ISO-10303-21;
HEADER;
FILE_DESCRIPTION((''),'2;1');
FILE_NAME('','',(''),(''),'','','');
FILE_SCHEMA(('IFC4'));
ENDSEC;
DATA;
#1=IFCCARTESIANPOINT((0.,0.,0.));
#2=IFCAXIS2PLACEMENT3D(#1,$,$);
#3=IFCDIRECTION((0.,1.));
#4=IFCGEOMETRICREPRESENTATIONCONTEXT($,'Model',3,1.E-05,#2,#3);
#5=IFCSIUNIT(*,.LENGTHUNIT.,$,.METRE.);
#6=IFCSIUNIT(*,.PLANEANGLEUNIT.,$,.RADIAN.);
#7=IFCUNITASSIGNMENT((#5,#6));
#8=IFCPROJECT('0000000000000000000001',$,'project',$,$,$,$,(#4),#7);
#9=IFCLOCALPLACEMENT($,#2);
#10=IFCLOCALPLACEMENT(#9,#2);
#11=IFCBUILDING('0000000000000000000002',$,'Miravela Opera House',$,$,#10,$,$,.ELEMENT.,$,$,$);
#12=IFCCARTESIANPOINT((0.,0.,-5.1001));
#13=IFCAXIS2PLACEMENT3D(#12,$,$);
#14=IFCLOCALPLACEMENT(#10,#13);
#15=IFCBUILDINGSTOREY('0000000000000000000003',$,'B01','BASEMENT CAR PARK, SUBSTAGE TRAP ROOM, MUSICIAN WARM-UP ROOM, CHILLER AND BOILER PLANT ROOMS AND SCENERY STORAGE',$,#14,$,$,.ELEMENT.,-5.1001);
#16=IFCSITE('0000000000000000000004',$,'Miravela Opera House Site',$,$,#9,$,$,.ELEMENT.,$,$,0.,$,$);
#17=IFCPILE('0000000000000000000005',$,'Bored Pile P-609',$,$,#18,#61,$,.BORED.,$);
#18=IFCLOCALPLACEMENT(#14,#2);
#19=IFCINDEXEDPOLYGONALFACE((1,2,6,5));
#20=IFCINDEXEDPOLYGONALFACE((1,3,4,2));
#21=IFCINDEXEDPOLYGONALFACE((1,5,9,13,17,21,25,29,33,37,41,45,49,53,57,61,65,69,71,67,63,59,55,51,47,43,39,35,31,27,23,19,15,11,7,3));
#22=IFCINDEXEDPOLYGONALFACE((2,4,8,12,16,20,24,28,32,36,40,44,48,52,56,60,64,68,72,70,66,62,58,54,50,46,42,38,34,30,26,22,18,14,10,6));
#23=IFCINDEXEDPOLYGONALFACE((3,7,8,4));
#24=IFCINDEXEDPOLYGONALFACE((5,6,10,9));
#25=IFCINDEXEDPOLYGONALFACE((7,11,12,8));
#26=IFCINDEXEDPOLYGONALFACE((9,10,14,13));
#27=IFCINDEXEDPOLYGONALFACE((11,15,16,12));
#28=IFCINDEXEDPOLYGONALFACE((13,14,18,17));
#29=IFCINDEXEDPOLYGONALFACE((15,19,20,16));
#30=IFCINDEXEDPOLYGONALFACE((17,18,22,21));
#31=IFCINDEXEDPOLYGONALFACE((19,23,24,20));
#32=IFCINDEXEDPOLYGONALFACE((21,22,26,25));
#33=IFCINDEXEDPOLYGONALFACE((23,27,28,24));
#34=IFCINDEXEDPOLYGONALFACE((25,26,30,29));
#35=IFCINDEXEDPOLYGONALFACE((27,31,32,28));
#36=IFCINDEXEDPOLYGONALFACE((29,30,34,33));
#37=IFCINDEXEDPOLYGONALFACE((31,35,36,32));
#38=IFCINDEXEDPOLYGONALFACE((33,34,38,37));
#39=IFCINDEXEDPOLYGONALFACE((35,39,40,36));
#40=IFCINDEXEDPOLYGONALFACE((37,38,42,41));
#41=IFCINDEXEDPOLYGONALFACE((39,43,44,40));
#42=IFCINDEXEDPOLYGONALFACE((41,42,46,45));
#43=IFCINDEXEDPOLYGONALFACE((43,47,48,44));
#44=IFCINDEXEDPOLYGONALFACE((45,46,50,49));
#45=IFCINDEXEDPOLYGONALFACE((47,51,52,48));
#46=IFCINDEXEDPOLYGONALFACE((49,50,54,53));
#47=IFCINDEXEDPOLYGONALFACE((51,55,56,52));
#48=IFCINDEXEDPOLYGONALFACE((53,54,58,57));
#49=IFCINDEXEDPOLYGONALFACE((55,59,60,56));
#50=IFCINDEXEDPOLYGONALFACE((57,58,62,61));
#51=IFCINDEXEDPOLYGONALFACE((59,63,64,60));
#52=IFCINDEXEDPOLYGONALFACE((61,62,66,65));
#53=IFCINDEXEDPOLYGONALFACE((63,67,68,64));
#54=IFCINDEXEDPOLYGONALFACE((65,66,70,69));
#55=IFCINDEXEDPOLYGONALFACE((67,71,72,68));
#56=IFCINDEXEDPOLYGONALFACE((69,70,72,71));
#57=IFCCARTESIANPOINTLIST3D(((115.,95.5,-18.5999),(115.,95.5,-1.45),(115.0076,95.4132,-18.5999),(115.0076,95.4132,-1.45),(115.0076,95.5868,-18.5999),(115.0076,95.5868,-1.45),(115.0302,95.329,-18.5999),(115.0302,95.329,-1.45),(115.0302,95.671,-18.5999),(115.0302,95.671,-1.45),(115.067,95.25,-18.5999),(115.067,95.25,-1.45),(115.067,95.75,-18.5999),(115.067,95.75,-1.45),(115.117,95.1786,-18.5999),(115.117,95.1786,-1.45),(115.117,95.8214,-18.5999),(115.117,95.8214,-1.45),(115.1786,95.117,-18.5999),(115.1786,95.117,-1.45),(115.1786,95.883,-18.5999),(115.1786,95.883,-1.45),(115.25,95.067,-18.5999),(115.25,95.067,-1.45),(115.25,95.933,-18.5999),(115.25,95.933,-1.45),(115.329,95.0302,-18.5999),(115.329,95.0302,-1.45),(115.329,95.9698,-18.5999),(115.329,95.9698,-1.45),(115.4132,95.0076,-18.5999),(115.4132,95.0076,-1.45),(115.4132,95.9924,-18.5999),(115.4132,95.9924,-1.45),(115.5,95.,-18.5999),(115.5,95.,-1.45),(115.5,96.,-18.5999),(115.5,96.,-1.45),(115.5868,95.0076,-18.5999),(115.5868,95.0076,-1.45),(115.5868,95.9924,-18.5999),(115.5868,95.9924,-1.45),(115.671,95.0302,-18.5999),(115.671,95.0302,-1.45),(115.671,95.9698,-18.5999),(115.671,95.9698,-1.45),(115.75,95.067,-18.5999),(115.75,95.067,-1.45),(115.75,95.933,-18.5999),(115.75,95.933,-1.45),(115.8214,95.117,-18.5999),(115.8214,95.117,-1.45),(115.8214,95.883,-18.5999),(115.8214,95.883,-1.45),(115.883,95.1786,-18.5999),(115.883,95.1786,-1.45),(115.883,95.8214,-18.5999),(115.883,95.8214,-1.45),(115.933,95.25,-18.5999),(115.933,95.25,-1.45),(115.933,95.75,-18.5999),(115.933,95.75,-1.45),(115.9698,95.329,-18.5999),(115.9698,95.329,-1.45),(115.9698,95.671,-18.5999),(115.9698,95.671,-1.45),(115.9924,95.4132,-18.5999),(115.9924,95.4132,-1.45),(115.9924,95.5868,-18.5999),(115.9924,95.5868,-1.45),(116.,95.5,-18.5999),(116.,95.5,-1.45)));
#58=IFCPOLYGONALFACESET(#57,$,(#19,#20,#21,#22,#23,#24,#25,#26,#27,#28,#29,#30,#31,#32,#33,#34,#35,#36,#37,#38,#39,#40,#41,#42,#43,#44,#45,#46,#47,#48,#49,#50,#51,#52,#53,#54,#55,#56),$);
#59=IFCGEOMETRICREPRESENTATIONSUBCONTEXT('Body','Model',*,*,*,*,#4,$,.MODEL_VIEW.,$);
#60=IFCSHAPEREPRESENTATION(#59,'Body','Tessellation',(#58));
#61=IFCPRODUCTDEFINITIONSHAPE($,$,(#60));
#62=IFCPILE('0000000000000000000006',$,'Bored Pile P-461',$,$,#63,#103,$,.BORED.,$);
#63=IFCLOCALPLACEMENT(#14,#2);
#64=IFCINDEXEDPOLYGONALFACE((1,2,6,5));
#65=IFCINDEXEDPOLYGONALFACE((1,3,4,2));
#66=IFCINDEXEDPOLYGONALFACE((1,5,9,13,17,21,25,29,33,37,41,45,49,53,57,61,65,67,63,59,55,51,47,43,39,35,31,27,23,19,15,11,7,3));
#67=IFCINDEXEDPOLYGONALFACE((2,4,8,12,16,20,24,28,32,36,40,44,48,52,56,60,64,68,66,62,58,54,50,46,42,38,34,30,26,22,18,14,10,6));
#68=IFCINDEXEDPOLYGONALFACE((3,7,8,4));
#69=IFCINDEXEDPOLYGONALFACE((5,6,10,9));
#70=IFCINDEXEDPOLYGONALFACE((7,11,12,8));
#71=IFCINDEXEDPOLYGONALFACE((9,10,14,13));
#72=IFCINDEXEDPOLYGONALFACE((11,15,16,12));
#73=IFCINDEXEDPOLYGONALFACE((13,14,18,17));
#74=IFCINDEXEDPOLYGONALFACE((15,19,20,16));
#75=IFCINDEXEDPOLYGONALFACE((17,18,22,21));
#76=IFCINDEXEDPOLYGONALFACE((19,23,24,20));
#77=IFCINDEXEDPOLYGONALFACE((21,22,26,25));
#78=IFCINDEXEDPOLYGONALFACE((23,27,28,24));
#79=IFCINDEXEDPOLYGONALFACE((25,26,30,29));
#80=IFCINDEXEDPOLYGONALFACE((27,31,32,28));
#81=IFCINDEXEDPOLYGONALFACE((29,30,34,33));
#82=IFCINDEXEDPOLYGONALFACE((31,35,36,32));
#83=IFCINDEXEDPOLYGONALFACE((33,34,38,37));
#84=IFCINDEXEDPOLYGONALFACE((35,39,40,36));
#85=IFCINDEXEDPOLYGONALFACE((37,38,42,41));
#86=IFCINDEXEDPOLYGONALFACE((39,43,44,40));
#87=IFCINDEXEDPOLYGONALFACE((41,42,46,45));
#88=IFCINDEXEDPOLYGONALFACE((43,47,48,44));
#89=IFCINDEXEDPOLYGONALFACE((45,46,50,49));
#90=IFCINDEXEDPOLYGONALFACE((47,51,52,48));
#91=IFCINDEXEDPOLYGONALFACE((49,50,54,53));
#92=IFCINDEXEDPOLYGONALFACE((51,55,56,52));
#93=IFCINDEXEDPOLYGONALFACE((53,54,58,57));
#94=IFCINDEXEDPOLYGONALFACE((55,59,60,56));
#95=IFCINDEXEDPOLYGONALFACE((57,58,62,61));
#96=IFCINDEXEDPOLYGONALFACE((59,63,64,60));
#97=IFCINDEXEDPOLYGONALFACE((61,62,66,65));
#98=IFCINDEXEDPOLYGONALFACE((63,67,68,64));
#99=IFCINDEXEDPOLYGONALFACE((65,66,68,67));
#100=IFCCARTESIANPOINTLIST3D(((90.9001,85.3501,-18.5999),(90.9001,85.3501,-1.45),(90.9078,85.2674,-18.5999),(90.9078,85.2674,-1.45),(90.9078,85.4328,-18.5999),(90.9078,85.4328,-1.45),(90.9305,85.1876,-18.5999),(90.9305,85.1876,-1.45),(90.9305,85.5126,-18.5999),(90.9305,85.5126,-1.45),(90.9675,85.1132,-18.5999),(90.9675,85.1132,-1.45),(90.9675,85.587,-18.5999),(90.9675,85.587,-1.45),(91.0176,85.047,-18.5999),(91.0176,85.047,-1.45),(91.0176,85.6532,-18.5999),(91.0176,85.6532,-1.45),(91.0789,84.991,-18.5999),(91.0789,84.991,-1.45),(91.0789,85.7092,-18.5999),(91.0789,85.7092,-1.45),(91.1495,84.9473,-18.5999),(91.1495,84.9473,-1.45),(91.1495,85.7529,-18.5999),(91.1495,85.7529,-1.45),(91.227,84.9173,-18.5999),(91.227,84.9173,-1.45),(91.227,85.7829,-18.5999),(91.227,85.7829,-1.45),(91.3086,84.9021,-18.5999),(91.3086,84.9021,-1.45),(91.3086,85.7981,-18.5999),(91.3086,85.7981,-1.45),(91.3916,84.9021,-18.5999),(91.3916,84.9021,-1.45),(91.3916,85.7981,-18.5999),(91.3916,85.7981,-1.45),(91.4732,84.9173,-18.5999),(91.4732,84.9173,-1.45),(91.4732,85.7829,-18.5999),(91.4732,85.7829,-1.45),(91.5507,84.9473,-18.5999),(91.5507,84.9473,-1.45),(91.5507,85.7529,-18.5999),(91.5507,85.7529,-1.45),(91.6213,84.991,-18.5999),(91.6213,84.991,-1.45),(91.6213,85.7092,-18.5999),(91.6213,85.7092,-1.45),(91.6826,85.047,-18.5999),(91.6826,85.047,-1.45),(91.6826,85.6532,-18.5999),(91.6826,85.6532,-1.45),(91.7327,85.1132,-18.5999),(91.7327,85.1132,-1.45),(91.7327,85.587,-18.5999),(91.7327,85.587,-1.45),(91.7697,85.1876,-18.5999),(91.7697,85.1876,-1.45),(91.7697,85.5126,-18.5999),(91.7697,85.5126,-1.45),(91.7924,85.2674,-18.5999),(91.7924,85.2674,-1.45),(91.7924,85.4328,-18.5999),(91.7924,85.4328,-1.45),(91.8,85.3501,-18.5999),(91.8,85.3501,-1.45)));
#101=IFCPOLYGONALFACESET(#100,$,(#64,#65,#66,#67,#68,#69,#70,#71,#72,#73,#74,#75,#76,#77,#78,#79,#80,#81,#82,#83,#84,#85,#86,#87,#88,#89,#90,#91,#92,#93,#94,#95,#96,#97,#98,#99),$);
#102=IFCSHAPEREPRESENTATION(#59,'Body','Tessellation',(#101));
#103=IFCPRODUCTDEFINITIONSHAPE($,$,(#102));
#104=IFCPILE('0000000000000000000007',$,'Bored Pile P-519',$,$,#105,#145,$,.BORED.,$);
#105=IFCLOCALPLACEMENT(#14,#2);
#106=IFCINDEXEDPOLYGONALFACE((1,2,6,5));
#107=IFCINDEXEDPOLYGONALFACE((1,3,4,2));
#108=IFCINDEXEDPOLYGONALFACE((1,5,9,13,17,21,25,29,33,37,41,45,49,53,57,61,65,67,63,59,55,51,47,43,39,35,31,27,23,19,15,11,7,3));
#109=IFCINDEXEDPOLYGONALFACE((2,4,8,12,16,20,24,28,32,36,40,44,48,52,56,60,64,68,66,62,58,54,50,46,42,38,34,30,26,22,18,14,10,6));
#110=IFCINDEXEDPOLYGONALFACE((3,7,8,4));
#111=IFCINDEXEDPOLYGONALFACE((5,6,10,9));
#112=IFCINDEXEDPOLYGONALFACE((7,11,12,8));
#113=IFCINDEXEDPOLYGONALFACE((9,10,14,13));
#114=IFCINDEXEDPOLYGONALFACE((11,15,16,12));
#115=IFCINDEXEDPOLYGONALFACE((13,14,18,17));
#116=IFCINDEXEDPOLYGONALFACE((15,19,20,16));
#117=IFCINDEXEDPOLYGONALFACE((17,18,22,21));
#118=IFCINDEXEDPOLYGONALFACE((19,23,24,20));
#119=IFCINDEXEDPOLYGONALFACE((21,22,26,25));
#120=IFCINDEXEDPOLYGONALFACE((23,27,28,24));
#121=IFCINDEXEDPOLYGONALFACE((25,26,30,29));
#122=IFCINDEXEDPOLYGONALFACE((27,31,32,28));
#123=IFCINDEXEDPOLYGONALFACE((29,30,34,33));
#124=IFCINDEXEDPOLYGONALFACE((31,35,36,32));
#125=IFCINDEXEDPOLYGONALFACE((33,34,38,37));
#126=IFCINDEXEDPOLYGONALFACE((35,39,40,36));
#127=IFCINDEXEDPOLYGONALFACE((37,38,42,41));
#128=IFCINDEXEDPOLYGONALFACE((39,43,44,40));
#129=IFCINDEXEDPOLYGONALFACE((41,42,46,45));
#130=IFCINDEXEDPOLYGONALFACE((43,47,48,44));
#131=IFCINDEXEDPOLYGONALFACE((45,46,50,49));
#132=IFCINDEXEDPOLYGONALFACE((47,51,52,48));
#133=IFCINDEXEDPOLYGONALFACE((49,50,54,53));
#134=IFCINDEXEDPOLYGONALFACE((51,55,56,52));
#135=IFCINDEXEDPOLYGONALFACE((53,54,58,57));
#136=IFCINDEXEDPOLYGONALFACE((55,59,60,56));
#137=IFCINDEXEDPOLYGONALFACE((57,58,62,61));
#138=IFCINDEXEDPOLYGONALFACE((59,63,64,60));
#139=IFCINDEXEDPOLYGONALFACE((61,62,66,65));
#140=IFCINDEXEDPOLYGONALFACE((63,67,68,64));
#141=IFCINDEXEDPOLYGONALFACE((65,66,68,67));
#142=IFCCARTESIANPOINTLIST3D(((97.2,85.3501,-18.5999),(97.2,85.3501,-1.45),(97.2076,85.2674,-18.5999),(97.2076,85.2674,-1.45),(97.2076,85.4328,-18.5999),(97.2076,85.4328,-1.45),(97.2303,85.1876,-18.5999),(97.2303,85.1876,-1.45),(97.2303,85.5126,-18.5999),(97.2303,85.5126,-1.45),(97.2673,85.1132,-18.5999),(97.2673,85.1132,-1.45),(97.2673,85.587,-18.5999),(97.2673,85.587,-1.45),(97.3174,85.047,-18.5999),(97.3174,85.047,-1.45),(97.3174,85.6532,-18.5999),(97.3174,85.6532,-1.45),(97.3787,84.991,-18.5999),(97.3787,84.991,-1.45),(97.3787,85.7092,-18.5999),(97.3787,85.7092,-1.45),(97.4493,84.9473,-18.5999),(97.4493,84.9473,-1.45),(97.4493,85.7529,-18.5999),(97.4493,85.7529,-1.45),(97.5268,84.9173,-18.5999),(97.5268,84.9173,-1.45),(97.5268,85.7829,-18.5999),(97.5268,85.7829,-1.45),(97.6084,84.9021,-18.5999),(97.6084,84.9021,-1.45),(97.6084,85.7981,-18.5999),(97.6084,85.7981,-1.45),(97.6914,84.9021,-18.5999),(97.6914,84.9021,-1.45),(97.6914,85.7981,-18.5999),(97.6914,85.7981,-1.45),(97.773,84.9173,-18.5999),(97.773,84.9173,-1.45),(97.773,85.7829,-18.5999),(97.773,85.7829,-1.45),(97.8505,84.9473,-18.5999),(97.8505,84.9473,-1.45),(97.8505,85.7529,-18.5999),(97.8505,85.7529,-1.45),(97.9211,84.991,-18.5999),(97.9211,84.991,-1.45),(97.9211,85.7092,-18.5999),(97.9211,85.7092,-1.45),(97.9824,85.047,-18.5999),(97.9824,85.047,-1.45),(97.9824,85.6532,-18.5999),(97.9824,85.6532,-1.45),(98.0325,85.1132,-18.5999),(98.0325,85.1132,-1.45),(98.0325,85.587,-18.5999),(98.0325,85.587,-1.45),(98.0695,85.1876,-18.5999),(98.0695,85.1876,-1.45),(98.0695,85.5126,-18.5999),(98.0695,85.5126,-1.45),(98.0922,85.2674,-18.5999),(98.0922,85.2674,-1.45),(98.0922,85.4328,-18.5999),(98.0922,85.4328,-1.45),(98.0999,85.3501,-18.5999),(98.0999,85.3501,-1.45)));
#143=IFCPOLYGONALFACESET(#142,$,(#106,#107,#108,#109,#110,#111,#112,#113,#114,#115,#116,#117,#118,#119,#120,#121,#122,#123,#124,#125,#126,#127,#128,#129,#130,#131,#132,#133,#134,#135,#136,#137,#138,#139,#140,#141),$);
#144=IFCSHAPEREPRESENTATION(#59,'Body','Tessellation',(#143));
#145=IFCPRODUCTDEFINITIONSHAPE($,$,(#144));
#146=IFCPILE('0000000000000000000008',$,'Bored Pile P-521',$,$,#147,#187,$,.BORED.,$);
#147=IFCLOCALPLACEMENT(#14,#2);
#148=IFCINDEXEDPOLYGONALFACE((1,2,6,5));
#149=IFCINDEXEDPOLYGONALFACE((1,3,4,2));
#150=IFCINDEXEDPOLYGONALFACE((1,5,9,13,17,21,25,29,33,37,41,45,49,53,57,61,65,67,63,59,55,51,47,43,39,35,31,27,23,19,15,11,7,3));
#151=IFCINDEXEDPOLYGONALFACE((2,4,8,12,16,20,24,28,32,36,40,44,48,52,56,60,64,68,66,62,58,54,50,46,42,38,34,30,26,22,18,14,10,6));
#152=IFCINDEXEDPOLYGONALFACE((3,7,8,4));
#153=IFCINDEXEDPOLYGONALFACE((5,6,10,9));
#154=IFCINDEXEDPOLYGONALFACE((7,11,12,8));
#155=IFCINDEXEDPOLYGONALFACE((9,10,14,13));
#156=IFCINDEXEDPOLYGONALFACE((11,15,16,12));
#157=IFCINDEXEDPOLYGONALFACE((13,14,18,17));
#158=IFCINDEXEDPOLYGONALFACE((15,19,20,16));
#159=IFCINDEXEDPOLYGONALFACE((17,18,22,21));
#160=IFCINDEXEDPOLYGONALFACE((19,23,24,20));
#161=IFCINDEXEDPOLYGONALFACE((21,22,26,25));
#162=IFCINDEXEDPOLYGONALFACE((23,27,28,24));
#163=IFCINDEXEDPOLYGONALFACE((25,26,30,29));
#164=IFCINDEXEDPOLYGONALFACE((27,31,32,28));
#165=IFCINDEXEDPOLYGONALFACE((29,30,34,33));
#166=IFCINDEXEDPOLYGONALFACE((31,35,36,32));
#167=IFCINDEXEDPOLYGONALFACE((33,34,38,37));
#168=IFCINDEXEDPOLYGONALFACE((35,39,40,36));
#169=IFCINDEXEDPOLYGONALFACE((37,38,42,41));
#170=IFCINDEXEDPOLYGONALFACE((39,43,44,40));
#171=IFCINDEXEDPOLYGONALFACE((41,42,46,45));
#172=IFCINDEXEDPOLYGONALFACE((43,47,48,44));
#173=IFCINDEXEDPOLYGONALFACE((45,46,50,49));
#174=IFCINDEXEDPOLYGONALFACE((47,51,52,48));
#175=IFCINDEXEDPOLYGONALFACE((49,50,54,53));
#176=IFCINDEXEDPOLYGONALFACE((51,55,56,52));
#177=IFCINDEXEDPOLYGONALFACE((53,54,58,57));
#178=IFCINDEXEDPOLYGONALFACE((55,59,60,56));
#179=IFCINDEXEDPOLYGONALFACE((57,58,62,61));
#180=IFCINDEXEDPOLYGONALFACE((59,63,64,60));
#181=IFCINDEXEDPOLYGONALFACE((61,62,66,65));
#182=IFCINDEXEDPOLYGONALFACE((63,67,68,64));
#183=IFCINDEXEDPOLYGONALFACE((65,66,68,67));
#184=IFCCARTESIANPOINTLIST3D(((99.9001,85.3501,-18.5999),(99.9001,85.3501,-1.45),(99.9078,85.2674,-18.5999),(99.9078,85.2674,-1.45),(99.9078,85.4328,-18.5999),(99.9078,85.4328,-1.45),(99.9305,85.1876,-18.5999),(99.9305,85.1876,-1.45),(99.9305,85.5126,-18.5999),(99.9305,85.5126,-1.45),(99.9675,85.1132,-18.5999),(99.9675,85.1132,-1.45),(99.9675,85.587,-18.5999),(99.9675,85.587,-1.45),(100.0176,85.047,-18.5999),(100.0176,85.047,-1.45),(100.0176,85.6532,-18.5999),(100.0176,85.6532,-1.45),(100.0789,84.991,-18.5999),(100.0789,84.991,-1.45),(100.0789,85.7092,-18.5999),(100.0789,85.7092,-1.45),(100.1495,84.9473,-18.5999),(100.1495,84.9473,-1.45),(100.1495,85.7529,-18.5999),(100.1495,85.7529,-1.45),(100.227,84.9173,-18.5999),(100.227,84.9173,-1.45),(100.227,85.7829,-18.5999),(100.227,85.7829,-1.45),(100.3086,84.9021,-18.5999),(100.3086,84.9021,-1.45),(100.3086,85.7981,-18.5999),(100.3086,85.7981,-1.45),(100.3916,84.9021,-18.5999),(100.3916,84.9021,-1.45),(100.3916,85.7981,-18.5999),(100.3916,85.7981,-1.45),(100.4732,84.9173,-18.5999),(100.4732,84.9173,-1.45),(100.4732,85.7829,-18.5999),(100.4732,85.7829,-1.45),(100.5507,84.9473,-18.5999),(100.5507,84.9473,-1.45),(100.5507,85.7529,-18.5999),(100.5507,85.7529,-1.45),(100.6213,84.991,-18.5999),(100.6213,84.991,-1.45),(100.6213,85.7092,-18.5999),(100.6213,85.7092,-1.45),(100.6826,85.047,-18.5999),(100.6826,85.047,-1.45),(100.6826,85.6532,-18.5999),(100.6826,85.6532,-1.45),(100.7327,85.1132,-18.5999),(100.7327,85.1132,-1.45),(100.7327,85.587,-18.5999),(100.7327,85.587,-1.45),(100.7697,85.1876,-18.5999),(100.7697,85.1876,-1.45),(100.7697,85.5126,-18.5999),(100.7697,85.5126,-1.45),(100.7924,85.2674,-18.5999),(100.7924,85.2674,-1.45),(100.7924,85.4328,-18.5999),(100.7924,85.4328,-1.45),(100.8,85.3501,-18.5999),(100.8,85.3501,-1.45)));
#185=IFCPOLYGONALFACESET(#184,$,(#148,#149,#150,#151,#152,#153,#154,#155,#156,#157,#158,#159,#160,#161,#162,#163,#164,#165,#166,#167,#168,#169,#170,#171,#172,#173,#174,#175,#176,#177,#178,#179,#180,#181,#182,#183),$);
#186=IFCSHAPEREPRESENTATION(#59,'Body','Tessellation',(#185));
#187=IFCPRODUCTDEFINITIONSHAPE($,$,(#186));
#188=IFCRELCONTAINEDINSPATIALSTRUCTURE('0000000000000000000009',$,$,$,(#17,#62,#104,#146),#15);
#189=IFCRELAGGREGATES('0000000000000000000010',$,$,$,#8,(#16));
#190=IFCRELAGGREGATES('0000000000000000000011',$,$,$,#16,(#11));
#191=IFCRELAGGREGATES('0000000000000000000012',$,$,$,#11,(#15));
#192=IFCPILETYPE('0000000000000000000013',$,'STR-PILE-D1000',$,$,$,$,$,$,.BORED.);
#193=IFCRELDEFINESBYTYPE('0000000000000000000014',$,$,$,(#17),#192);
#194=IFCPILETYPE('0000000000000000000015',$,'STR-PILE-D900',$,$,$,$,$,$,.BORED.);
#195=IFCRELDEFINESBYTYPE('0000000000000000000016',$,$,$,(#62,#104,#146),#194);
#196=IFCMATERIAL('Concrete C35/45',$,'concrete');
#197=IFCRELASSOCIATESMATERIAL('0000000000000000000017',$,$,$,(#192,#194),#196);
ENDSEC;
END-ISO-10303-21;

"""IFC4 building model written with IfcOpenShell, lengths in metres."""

from ifc_helpers import new_model, si_unit, direction, frame, origin, origin_2d, place, context, subcontext, project, spatial, circle, extrude, material, material_profile, profile_set, type_object, element, save


model = new_model("IFC4")

# Units and contexts
model_context = context("Model", 3, precision=1e-05, world=origin(), true_north=direction((0.0, 1.0)))
body_context = subcontext(model_context, "Body", "Model", "MODEL_VIEW")
ifc_project = project(units=[si_unit("LENGTHUNIT", "METRE"), si_unit("PLANEANGLEUNIT", "RADIAN")], contexts=[model_context])

# Site, building, storey
site_placement = place(None, origin())
site = spatial("IfcSite", under=ifc_project, at=site_placement, Name="Miravela Opera House Site", CompositionType="ELEMENT", RefElevation=0.0)
building_placement = place(site_placement, origin())
building = spatial("IfcBuilding", under=site, at=building_placement, Name="Miravela Opera House", CompositionType="ELEMENT")
storey_placement = place(building_placement, frame((0.0, 0.0, -5.1001)))
storey = spatial("IfcBuildingStorey", under=building, at=storey_placement, Name="B01", Description="BASEMENT CAR PARK, SUBSTAGE TRAP ROOM, MUSICIAN WARM-UP ROOM, CHILLER AND BOILER PLANT ROOMS AND SCENERY STORAGE", CompositionType="ELEMENT", Elevation=-5.1001)

# Shared definitions
ifc_material_1 = material(Name="Concrete C35/45", Category="concrete")

# Piles
ifc_material_profile_1 = material_profile(ifc_material_1, circle(Radius=0.5, at=origin_2d()), Name="PILE-D1000")
ifc_profile_set_1 = profile_set([ifc_material_profile_1])
pile_type_1 = type_object("IfcPileType", Name="STR-PILE-D1000", PredefinedType="BORED", material=ifc_profile_set_1)
for number, where, z_axis, x_axis, name in (
    (1, (115.5, 95.5, -1.45), (0.0, 0.0, -1.0), (1.0, 0.0, 0.0), "Bored Pile P-609"),
):
    element("IfcPile", number, at=place(storey_placement, frame(where, z_axis=z_axis, x_axis=x_axis)), inside=storey, type_object=pile_type_1, Name=name, PredefinedType="BORED", context=body_context, shape_type="SweptSolid", body=[
        extrude(circle(Radius=0.5, at=origin_2d()), origin(), (0.0, 0.0, 1.0), 17.1499),
    ])
ifc_material_profile_2 = material_profile(ifc_material_1, circle(Radius=0.45, at=origin_2d()), Name="PILE-D900")
ifc_profile_set_2 = profile_set([ifc_material_profile_2])
pile_type_2 = type_object("IfcPileType", Name="STR-PILE-D900", PredefinedType="BORED", material=ifc_profile_set_2)
for number, where, z_axis, x_axis, name in (
    (2, (91.3501, 85.3501, -1.45), (0.0, 0.0, -1.0), (1.0, 0.0, 0.0), "Bored Pile P-461"),
    (3, (97.6499, 85.3501, -1.45), (0.0, 0.0, -1.0), (1.0, 0.0, 0.0), "Bored Pile P-519"),
    (4, (100.3501, 85.3501, -1.45), (0.0, 0.0, -1.0), (1.0, 0.0, 0.0), "Bored Pile P-521"),
):
    element("IfcPile", number, at=place(storey_placement, frame(where, z_axis=z_axis, x_axis=x_axis)), inside=storey, type_object=pile_type_2, Name=name, PredefinedType="BORED", context=body_context, shape_type="SweptSolid", body=[
        extrude(circle(Radius=0.45, at=origin_2d()), origin(), (0.0, 0.0, 1.0), 17.1499),
    ])

save(model, "model.ifc")
